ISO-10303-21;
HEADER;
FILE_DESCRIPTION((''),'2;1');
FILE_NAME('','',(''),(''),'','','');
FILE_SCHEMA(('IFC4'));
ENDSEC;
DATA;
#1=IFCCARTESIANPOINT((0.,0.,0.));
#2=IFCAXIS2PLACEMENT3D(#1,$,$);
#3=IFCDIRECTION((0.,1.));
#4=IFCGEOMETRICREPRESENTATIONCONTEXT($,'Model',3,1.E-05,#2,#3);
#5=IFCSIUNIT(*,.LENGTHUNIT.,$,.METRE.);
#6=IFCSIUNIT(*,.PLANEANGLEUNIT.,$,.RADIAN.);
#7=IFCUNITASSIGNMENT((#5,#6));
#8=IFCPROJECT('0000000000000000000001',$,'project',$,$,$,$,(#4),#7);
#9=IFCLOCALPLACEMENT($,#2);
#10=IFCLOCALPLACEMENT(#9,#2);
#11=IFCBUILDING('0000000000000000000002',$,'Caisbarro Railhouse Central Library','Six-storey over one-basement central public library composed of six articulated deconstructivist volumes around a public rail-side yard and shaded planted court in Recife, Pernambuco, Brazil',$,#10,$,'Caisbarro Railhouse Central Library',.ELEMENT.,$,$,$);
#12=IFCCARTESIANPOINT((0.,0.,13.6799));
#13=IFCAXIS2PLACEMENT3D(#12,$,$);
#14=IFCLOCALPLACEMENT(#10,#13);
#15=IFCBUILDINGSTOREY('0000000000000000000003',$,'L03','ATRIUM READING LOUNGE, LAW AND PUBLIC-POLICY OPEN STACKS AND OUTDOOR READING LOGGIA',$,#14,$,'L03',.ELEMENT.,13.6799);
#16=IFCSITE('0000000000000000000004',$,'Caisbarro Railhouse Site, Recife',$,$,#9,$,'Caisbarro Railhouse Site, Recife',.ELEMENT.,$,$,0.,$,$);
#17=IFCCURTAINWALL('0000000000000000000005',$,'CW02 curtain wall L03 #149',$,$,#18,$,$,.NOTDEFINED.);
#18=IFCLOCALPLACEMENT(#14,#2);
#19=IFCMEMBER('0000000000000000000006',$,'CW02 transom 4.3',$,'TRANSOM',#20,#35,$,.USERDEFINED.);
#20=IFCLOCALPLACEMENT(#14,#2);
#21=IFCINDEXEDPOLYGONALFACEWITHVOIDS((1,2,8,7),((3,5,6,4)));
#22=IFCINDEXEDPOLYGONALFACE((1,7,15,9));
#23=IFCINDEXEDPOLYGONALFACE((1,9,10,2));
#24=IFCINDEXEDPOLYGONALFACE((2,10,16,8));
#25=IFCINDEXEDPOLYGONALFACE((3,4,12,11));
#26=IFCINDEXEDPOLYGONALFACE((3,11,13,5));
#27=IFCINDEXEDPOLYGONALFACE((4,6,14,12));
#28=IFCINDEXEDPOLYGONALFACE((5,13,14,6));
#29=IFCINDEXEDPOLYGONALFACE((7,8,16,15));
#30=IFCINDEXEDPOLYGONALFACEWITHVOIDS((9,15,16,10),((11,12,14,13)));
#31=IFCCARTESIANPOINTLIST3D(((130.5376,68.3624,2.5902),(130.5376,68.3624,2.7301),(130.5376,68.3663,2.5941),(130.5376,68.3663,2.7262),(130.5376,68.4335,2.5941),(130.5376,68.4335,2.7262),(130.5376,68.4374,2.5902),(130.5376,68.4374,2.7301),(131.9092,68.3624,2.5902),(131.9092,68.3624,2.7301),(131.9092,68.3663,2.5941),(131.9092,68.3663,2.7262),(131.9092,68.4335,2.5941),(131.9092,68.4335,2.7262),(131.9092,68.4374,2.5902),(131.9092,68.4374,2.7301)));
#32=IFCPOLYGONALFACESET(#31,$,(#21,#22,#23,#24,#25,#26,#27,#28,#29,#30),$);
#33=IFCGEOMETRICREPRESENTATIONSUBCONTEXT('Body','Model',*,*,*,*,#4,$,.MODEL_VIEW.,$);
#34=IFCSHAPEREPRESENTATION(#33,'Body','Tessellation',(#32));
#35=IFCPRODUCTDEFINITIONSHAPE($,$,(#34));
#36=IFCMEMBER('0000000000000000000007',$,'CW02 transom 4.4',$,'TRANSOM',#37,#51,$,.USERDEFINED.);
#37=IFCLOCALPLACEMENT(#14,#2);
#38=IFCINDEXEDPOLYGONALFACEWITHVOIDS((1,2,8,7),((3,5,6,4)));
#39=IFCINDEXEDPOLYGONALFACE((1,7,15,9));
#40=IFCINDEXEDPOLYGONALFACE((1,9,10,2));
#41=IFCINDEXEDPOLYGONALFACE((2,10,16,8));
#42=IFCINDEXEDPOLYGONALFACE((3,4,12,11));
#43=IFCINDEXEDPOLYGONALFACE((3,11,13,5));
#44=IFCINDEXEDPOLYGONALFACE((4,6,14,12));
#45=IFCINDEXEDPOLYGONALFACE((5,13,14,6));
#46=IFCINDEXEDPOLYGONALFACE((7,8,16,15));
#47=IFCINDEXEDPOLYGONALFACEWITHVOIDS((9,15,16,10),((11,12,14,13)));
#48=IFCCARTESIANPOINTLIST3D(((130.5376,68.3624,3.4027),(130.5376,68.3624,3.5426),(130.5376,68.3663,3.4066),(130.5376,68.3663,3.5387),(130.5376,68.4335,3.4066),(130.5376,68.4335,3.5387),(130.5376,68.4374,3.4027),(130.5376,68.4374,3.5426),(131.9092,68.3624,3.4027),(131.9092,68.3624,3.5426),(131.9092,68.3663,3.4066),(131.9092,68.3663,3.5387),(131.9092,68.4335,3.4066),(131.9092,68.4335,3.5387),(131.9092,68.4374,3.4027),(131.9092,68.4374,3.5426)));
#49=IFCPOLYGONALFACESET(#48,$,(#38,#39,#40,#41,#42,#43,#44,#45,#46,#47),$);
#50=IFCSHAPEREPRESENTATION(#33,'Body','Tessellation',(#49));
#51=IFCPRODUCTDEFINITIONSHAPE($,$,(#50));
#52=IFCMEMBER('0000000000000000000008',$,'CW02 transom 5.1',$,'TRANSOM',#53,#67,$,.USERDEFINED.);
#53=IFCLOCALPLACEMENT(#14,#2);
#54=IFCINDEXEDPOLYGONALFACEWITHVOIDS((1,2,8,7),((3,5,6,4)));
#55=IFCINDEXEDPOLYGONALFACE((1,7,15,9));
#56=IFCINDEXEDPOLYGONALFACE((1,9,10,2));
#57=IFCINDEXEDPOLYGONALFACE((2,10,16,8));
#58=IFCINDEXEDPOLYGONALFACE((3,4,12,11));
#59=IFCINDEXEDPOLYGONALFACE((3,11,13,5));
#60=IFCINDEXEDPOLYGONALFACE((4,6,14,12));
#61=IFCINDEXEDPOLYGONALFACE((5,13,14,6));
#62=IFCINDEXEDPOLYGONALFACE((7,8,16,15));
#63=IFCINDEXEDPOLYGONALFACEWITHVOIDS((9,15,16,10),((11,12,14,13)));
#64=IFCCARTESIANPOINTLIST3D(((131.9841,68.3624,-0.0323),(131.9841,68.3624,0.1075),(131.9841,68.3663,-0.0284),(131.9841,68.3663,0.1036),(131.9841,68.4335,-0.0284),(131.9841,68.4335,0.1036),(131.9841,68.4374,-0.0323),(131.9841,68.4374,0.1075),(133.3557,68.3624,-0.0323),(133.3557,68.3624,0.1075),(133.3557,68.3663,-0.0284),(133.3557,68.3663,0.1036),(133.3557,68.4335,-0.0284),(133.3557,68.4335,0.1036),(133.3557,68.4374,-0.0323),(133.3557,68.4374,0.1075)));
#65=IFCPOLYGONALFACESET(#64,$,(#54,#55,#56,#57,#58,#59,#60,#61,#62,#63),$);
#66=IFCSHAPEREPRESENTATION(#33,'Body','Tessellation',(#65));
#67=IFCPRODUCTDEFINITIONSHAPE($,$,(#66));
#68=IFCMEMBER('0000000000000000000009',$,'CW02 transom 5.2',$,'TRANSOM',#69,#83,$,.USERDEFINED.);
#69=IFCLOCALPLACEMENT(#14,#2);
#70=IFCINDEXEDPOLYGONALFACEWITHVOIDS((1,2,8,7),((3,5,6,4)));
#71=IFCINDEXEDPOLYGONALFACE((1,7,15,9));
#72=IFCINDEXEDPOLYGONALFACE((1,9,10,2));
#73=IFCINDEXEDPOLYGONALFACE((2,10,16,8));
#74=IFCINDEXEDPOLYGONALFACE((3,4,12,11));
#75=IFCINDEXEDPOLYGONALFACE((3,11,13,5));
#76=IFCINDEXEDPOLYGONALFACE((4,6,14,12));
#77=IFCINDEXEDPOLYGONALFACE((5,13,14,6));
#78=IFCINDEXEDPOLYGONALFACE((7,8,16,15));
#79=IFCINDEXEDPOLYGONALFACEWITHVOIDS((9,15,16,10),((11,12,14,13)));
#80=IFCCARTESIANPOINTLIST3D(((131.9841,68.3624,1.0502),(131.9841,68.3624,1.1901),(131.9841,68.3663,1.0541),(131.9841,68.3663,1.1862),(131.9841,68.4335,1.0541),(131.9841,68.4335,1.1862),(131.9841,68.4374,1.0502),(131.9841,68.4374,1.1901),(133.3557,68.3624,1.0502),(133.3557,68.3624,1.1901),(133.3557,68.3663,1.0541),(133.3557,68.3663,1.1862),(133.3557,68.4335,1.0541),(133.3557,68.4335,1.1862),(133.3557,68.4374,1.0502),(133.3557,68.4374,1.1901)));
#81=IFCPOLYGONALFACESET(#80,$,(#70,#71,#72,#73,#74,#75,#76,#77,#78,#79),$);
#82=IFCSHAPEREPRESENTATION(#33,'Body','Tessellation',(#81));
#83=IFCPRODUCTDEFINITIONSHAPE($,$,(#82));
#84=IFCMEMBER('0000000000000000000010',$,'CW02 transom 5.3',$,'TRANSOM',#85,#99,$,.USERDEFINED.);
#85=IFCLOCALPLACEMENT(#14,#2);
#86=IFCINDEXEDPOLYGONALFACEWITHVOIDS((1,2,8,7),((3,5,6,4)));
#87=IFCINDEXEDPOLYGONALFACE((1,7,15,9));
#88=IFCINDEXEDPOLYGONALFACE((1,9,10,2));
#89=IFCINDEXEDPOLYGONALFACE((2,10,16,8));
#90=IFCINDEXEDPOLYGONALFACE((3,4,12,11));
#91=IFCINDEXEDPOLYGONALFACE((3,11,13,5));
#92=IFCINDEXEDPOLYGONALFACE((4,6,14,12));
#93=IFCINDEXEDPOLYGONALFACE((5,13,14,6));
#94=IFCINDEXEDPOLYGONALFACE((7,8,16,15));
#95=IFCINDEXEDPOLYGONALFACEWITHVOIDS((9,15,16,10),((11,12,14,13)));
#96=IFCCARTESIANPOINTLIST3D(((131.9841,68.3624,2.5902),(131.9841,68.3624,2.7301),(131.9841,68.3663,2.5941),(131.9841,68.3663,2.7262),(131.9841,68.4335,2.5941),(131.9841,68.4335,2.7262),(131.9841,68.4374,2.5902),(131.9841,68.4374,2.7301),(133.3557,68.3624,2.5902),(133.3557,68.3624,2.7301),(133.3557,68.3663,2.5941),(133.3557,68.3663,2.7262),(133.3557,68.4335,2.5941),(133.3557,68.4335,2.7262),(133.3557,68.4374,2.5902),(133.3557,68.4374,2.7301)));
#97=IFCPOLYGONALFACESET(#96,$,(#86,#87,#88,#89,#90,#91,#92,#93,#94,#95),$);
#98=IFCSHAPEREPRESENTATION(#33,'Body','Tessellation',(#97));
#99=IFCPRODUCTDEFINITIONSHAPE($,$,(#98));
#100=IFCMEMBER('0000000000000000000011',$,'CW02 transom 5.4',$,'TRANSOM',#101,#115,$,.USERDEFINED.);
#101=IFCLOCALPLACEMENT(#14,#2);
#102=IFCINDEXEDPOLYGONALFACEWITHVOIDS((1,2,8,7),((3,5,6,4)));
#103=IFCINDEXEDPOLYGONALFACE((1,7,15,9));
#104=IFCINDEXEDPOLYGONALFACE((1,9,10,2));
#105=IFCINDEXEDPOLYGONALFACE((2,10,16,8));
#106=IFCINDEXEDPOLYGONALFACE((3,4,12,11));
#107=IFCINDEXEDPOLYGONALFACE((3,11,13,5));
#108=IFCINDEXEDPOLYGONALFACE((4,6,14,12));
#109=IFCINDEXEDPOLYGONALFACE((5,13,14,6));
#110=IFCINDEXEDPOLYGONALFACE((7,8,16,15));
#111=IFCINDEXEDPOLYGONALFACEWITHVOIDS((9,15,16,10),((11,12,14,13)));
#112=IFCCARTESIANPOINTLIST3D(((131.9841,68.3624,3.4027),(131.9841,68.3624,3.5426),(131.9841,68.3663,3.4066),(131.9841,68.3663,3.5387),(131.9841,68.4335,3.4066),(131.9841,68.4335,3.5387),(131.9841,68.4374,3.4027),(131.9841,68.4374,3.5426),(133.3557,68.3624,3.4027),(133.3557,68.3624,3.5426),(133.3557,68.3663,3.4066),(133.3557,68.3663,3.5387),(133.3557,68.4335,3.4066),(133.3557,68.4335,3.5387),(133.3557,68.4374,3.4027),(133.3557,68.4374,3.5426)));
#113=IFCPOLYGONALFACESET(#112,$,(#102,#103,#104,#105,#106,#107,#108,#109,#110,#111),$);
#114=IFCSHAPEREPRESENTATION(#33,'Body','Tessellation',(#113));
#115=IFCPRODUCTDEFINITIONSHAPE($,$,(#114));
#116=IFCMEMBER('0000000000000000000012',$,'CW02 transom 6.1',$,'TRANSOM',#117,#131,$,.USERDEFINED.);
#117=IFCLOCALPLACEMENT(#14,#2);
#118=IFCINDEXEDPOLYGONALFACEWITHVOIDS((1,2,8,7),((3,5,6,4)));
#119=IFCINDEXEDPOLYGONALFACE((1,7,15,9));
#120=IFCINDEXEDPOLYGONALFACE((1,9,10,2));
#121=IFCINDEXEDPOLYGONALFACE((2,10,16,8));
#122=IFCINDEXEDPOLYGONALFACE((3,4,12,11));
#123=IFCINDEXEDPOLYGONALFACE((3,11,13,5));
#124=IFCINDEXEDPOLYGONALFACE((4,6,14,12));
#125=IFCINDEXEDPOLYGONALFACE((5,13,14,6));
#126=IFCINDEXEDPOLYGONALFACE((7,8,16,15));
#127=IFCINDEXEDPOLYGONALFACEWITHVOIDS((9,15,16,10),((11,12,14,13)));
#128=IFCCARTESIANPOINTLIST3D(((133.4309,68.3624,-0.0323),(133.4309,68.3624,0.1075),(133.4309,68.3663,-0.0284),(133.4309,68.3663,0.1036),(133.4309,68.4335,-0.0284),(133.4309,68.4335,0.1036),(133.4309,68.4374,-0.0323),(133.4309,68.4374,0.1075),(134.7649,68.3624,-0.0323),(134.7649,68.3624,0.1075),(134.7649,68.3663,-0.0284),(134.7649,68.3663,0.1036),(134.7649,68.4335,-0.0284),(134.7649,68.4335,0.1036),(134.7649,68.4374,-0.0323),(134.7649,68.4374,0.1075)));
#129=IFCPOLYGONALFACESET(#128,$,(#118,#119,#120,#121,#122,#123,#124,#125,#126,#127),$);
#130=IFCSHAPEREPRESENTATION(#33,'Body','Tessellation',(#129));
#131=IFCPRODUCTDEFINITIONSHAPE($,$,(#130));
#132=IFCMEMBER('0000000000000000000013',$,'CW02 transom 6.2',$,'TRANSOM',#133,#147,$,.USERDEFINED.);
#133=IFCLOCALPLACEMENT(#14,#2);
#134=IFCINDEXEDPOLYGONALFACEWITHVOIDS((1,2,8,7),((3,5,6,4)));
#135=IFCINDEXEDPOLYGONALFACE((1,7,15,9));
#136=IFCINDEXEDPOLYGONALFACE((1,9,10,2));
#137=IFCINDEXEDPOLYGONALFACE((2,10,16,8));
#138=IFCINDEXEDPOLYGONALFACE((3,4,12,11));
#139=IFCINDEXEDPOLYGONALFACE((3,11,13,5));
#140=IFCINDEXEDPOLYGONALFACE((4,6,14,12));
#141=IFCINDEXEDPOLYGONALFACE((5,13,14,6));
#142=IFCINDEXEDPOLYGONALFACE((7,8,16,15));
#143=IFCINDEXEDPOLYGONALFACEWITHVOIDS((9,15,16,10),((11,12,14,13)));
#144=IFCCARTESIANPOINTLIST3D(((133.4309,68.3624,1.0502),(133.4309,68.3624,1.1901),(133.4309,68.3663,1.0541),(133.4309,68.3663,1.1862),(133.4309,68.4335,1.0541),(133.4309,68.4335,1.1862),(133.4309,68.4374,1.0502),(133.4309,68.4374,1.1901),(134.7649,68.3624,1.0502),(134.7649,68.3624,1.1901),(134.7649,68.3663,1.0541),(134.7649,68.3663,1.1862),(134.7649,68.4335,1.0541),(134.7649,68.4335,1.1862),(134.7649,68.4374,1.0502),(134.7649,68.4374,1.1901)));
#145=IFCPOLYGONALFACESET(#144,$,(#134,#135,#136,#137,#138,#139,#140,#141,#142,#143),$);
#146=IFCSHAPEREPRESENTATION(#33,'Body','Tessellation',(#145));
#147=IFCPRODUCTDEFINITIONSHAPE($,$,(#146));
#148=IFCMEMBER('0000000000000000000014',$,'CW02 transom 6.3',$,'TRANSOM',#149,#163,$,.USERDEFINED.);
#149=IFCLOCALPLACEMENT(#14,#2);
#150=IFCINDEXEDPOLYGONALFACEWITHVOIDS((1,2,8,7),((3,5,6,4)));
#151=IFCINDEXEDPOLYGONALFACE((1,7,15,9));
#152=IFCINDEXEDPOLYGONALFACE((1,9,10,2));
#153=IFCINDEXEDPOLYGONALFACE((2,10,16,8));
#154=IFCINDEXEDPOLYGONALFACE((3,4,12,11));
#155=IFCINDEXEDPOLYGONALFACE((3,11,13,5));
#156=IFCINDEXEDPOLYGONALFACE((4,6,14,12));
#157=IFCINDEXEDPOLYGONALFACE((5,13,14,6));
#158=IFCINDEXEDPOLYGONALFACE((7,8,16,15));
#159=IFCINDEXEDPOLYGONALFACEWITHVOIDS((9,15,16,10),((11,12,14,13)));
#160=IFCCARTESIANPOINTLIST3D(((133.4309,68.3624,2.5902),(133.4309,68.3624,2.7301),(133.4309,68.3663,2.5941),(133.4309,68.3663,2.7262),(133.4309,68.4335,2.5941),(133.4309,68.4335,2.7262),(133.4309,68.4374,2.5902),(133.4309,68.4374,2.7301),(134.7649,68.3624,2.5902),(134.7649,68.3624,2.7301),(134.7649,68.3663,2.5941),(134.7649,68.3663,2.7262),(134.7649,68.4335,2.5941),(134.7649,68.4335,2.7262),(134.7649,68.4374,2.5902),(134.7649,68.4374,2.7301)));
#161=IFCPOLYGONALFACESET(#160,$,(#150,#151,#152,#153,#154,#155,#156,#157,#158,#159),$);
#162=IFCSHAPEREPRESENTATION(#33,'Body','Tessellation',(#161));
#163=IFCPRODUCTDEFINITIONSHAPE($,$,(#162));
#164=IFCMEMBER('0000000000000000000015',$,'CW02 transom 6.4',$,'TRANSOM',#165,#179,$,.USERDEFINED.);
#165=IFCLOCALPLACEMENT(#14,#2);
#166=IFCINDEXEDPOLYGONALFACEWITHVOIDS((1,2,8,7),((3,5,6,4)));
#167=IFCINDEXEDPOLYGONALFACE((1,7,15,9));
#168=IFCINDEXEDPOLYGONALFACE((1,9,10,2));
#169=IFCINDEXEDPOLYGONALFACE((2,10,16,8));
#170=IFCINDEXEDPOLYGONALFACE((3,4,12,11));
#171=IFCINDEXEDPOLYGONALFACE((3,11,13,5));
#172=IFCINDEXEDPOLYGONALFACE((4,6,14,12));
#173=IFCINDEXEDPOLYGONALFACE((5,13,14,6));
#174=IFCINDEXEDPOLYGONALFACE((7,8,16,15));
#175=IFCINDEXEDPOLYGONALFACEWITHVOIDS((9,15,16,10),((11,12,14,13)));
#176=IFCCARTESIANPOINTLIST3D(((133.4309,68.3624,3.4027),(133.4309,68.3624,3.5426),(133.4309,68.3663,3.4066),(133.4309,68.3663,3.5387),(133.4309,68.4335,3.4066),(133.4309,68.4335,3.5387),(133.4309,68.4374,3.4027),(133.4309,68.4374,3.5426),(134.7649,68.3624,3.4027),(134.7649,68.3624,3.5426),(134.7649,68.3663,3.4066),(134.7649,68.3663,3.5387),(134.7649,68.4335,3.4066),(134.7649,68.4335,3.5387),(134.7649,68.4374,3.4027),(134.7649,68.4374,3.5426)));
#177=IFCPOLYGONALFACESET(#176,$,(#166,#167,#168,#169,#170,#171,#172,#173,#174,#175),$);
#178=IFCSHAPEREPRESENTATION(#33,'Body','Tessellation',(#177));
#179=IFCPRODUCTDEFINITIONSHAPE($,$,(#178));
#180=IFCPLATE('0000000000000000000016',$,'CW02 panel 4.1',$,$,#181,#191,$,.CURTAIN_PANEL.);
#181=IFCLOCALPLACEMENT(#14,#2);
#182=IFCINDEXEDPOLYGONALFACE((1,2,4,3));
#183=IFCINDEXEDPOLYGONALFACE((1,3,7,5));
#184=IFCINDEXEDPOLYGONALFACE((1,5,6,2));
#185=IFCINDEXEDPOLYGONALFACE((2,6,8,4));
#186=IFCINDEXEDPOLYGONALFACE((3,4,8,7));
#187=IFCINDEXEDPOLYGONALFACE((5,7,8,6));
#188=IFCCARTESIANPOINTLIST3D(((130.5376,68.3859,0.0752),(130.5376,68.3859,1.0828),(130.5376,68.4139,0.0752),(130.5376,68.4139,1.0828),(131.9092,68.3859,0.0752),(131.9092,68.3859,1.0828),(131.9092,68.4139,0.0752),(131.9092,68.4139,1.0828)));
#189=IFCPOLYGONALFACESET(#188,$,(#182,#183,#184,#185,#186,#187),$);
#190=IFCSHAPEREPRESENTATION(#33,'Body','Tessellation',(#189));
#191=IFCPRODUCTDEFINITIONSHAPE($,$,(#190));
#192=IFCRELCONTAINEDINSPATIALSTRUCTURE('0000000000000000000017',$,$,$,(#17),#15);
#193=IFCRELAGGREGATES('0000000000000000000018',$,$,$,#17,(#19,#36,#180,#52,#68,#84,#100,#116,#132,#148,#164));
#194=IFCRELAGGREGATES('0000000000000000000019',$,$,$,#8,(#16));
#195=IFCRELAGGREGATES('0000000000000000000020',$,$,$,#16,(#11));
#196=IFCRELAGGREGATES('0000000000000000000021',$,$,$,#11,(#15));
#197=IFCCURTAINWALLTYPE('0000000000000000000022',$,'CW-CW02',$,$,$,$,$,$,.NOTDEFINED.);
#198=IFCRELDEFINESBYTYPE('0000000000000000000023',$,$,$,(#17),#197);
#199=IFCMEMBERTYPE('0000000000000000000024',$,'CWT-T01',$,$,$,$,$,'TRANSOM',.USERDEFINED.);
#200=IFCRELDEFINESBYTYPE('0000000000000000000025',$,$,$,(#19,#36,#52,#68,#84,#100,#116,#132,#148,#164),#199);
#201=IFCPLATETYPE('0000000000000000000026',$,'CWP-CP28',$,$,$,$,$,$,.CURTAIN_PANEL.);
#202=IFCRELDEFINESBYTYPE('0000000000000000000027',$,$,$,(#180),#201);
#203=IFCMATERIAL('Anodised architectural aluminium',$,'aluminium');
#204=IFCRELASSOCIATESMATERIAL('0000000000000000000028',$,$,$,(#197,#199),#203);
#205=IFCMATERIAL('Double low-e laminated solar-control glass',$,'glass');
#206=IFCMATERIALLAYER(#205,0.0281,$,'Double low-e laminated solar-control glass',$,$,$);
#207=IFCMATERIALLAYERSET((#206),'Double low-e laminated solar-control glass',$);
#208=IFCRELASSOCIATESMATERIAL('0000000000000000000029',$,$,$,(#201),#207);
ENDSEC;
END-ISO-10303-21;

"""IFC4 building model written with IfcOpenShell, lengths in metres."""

from ifc_helpers import new_model, si_unit, direction, frame, origin, origin_2d, place, context, subcontext, project, spatial, rectangle, hollow_rectangle, extrude, material, layer, layer_set, material_profile, profile_set, type_object, element, aggregate, save


model = new_model("IFC4")

# Units and contexts
model_context = context("Model", 3, precision=1e-05, world=origin(), true_north=direction((0.0, 1.0)))
body_context = subcontext(model_context, "Body", "Model", "MODEL_VIEW")
ifc_project = project(units=[si_unit("LENGTHUNIT", "METRE"), si_unit("PLANEANGLEUNIT", "RADIAN")], contexts=[model_context])

# Site, building, storey
site_placement = place(None, origin())
site = spatial("IfcSite", under=ifc_project, at=site_placement, Name="Caisbarro Railhouse Site, Recife", LongName="Caisbarro Railhouse Site, Recife", CompositionType="ELEMENT", RefElevation=0.0)
building_placement = place(site_placement, origin())
building = spatial("IfcBuilding", under=site, at=building_placement, Name="Caisbarro Railhouse Central Library", Description="Six-storey over one-basement central public library composed of six articulated deconstructivist volumes around a public rail-side yard and shaded planted court in Recife, Pernambuco, Brazil", LongName="Caisbarro Railhouse Central Library", CompositionType="ELEMENT")
storey_placement = place(building_placement, frame((0.0, 0.0, 13.6799)))
storey = spatial("IfcBuildingStorey", under=building, at=storey_placement, Name="L03", Description="ATRIUM READING LOUNGE, LAW AND PUBLIC-POLICY OPEN STACKS AND OUTDOOR READING LOGGIA", LongName="L03", CompositionType="ELEMENT", Elevation=13.6799)

# Curtain wall, members, plate
ifc_material_1 = material(Name="Anodised architectural aluminium", Category="aluminium")
curtain_wall_type = type_object("IfcCurtainWallType", Name="CW-CW02", PredefinedType="NOTDEFINED", material=ifc_material_1)
curtain_wall_placement = place(storey_placement, origin())
curtain_wall = element("IfcCurtainWall", 1, at=curtain_wall_placement, inside=storey, type_object=curtain_wall_type, Name="CW02 curtain wall L03 #149", PredefinedType="NOTDEFINED")
ifc_material_profile_1 = material_profile(ifc_material_1, hollow_rectangle(XDim=0.075, YDim=0.1399, WallThickness=0.0039, at=origin_2d()), Name="ALU-TRN-75X140")
ifc_profile_set_1 = profile_set([ifc_material_profile_1], Name="Anodised architectural aluminium")
member_type_1 = type_object("IfcMemberType", Name="CWT-T01", ElementType="TRANSOM", PredefinedType="USERDEFINED", material=ifc_profile_set_1)
member_1_placement = place(storey_placement, frame((130.5376, 68.3999, 2.6602), z_axis=(1.0, 0.0, 0.0), x_axis=(0.0, 1.0, 0.0)))
member_1 = element("IfcMember", 2, at=member_1_placement, type_object=member_type_1, Name="CW02 transom 4.3", ObjectType="TRANSOM", PredefinedType="USERDEFINED", context=body_context, shape_type="SweptSolid", body=[
    extrude(hollow_rectangle(XDim=0.075, YDim=0.1399, WallThickness=0.0039, at=origin_2d()), origin(), (0.0, 0.0, 1.0), 1.3716),
])
member_2_placement = place(storey_placement, frame((130.5376, 68.3999, 3.4727), z_axis=(1.0, 0.0, 0.0), x_axis=(0.0, 1.0, 0.0)))
member_2 = element("IfcMember", 3, at=member_2_placement, type_object=member_type_1, Name="CW02 transom 4.4", ObjectType="TRANSOM", PredefinedType="USERDEFINED", context=body_context, shape_type="SweptSolid", body=[
    extrude(hollow_rectangle(XDim=0.075, YDim=0.1399, WallThickness=0.0039, at=origin_2d()), origin(), (0.0, 0.0, 1.0), 1.3716),
])
member_3_placement = place(storey_placement, frame((131.9841, 68.3999, 0.0376), z_axis=(1.0, 0.0, 0.0), x_axis=(0.0, 1.0, 0.0)))
member_3 = element("IfcMember", 4, at=member_3_placement, type_object=member_type_1, Name="CW02 transom 5.1", ObjectType="TRANSOM", PredefinedType="USERDEFINED", context=body_context, shape_type="SweptSolid", body=[
    extrude(hollow_rectangle(XDim=0.075, YDim=0.1399, WallThickness=0.0039, at=origin_2d()), origin(), (0.0, 0.0, 1.0), 1.3716),
])
member_4_placement = place(storey_placement, frame((131.9841, 68.3999, 1.1201), z_axis=(1.0, 0.0, 0.0), x_axis=(0.0, 1.0, 0.0)))
member_4 = element("IfcMember", 5, at=member_4_placement, type_object=member_type_1, Name="CW02 transom 5.2", ObjectType="TRANSOM", PredefinedType="USERDEFINED", context=body_context, shape_type="SweptSolid", body=[
    extrude(hollow_rectangle(XDim=0.075, YDim=0.1399, WallThickness=0.0039, at=origin_2d()), origin(), (0.0, 0.0, 1.0), 1.3716),
])
member_5_placement = place(storey_placement, frame((131.9841, 68.3999, 2.6602), z_axis=(1.0, 0.0, 0.0), x_axis=(0.0, 1.0, 0.0)))
member_5 = element("IfcMember", 6, at=member_5_placement, type_object=member_type_1, Name="CW02 transom 5.3", ObjectType="TRANSOM", PredefinedType="USERDEFINED", context=body_context, shape_type="SweptSolid", body=[
    extrude(hollow_rectangle(XDim=0.075, YDim=0.1399, WallThickness=0.0039, at=origin_2d()), origin(), (0.0, 0.0, 1.0), 1.3716),
])
member_6_placement = place(storey_placement, frame((131.9841, 68.3999, 3.4727), z_axis=(1.0, 0.0, 0.0), x_axis=(0.0, 1.0, 0.0)))
member_6 = element("IfcMember", 7, at=member_6_placement, type_object=member_type_1, Name="CW02 transom 5.4", ObjectType="TRANSOM", PredefinedType="USERDEFINED", context=body_context, shape_type="SweptSolid", body=[
    extrude(hollow_rectangle(XDim=0.075, YDim=0.1399, WallThickness=0.0039, at=origin_2d()), origin(), (0.0, 0.0, 1.0), 1.3716),
])
member_7_placement = place(storey_placement, frame((133.4309, 68.3999, 0.0376), z_axis=(1.0, 0.0, 0.0), x_axis=(0.0, 1.0, 0.0)))
member_7 = element("IfcMember", 8, at=member_7_placement, type_object=member_type_1, Name="CW02 transom 6.1", ObjectType="TRANSOM", PredefinedType="USERDEFINED", context=body_context, shape_type="SweptSolid", body=[
    extrude(hollow_rectangle(XDim=0.075, YDim=0.1399, WallThickness=0.0039, at=origin_2d()), origin(), (0.0, 0.0, 1.0), 1.334),
])
member_8_placement = place(storey_placement, frame((133.4309, 68.3999, 1.1201), z_axis=(1.0, 0.0, 0.0), x_axis=(0.0, 1.0, 0.0)))
member_8 = element("IfcMember", 9, at=member_8_placement, type_object=member_type_1, Name="CW02 transom 6.2", ObjectType="TRANSOM", PredefinedType="USERDEFINED", context=body_context, shape_type="SweptSolid", body=[
    extrude(hollow_rectangle(XDim=0.075, YDim=0.1399, WallThickness=0.0039, at=origin_2d()), origin(), (0.0, 0.0, 1.0), 1.334),
])
member_9_placement = place(storey_placement, frame((133.4309, 68.3999, 2.6602), z_axis=(1.0, 0.0, 0.0), x_axis=(0.0, 1.0, 0.0)))
member_9 = element("IfcMember", 10, at=member_9_placement, type_object=member_type_1, Name="CW02 transom 6.3", ObjectType="TRANSOM", PredefinedType="USERDEFINED", context=body_context, shape_type="SweptSolid", body=[
    extrude(hollow_rectangle(XDim=0.075, YDim=0.1399, WallThickness=0.0039, at=origin_2d()), origin(), (0.0, 0.0, 1.0), 1.334),
])
member_10_placement = place(storey_placement, frame((133.4309, 68.3999, 3.4727), z_axis=(1.0, 0.0, 0.0), x_axis=(0.0, 1.0, 0.0)))
member_10 = element("IfcMember", 11, at=member_10_placement, type_object=member_type_1, Name="CW02 transom 6.4", ObjectType="TRANSOM", PredefinedType="USERDEFINED", context=body_context, shape_type="SweptSolid", body=[
    extrude(hollow_rectangle(XDim=0.075, YDim=0.1399, WallThickness=0.0039, at=origin_2d()), origin(), (0.0, 0.0, 1.0), 1.334),
])
ifc_material_2 = material(Name="Double low-e laminated solar-control glass", Category="glass")
ifc_layer_1 = layer(ifc_material_2, 0.0281, Name="Double low-e laminated solar-control glass")
ifc_layer_set_1 = layer_set([ifc_layer_1], Name="Double low-e laminated solar-control glass")
plate_type_1 = type_object("IfcPlateType", Name="CWP-CP28", PredefinedType="CURTAIN_PANEL", material=ifc_layer_set_1)
plate_1_placement = place(storey_placement, frame((131.2234, 68.3999, 0.0752), z_axis=(0.0, 0.0, 1.0), x_axis=(1.0, 0.0, 0.0)))
plate_1 = element("IfcPlate", 12, at=plate_1_placement, type_object=plate_type_1, Name="CW02 panel 4.1", PredefinedType="CURTAIN_PANEL", context=body_context, shape_type="SweptSolid", body=[
    extrude(rectangle(XDim=1.3716, YDim=0.0281, at=origin_2d()), origin(), (0.0, 0.0, 1.0), 1.0076),
])
aggregate(curtain_wall, [member_1, member_2, plate_1, member_3, member_4, member_5, member_6, member_7, member_8, member_9, member_10])

save(model, "model.ifc")
